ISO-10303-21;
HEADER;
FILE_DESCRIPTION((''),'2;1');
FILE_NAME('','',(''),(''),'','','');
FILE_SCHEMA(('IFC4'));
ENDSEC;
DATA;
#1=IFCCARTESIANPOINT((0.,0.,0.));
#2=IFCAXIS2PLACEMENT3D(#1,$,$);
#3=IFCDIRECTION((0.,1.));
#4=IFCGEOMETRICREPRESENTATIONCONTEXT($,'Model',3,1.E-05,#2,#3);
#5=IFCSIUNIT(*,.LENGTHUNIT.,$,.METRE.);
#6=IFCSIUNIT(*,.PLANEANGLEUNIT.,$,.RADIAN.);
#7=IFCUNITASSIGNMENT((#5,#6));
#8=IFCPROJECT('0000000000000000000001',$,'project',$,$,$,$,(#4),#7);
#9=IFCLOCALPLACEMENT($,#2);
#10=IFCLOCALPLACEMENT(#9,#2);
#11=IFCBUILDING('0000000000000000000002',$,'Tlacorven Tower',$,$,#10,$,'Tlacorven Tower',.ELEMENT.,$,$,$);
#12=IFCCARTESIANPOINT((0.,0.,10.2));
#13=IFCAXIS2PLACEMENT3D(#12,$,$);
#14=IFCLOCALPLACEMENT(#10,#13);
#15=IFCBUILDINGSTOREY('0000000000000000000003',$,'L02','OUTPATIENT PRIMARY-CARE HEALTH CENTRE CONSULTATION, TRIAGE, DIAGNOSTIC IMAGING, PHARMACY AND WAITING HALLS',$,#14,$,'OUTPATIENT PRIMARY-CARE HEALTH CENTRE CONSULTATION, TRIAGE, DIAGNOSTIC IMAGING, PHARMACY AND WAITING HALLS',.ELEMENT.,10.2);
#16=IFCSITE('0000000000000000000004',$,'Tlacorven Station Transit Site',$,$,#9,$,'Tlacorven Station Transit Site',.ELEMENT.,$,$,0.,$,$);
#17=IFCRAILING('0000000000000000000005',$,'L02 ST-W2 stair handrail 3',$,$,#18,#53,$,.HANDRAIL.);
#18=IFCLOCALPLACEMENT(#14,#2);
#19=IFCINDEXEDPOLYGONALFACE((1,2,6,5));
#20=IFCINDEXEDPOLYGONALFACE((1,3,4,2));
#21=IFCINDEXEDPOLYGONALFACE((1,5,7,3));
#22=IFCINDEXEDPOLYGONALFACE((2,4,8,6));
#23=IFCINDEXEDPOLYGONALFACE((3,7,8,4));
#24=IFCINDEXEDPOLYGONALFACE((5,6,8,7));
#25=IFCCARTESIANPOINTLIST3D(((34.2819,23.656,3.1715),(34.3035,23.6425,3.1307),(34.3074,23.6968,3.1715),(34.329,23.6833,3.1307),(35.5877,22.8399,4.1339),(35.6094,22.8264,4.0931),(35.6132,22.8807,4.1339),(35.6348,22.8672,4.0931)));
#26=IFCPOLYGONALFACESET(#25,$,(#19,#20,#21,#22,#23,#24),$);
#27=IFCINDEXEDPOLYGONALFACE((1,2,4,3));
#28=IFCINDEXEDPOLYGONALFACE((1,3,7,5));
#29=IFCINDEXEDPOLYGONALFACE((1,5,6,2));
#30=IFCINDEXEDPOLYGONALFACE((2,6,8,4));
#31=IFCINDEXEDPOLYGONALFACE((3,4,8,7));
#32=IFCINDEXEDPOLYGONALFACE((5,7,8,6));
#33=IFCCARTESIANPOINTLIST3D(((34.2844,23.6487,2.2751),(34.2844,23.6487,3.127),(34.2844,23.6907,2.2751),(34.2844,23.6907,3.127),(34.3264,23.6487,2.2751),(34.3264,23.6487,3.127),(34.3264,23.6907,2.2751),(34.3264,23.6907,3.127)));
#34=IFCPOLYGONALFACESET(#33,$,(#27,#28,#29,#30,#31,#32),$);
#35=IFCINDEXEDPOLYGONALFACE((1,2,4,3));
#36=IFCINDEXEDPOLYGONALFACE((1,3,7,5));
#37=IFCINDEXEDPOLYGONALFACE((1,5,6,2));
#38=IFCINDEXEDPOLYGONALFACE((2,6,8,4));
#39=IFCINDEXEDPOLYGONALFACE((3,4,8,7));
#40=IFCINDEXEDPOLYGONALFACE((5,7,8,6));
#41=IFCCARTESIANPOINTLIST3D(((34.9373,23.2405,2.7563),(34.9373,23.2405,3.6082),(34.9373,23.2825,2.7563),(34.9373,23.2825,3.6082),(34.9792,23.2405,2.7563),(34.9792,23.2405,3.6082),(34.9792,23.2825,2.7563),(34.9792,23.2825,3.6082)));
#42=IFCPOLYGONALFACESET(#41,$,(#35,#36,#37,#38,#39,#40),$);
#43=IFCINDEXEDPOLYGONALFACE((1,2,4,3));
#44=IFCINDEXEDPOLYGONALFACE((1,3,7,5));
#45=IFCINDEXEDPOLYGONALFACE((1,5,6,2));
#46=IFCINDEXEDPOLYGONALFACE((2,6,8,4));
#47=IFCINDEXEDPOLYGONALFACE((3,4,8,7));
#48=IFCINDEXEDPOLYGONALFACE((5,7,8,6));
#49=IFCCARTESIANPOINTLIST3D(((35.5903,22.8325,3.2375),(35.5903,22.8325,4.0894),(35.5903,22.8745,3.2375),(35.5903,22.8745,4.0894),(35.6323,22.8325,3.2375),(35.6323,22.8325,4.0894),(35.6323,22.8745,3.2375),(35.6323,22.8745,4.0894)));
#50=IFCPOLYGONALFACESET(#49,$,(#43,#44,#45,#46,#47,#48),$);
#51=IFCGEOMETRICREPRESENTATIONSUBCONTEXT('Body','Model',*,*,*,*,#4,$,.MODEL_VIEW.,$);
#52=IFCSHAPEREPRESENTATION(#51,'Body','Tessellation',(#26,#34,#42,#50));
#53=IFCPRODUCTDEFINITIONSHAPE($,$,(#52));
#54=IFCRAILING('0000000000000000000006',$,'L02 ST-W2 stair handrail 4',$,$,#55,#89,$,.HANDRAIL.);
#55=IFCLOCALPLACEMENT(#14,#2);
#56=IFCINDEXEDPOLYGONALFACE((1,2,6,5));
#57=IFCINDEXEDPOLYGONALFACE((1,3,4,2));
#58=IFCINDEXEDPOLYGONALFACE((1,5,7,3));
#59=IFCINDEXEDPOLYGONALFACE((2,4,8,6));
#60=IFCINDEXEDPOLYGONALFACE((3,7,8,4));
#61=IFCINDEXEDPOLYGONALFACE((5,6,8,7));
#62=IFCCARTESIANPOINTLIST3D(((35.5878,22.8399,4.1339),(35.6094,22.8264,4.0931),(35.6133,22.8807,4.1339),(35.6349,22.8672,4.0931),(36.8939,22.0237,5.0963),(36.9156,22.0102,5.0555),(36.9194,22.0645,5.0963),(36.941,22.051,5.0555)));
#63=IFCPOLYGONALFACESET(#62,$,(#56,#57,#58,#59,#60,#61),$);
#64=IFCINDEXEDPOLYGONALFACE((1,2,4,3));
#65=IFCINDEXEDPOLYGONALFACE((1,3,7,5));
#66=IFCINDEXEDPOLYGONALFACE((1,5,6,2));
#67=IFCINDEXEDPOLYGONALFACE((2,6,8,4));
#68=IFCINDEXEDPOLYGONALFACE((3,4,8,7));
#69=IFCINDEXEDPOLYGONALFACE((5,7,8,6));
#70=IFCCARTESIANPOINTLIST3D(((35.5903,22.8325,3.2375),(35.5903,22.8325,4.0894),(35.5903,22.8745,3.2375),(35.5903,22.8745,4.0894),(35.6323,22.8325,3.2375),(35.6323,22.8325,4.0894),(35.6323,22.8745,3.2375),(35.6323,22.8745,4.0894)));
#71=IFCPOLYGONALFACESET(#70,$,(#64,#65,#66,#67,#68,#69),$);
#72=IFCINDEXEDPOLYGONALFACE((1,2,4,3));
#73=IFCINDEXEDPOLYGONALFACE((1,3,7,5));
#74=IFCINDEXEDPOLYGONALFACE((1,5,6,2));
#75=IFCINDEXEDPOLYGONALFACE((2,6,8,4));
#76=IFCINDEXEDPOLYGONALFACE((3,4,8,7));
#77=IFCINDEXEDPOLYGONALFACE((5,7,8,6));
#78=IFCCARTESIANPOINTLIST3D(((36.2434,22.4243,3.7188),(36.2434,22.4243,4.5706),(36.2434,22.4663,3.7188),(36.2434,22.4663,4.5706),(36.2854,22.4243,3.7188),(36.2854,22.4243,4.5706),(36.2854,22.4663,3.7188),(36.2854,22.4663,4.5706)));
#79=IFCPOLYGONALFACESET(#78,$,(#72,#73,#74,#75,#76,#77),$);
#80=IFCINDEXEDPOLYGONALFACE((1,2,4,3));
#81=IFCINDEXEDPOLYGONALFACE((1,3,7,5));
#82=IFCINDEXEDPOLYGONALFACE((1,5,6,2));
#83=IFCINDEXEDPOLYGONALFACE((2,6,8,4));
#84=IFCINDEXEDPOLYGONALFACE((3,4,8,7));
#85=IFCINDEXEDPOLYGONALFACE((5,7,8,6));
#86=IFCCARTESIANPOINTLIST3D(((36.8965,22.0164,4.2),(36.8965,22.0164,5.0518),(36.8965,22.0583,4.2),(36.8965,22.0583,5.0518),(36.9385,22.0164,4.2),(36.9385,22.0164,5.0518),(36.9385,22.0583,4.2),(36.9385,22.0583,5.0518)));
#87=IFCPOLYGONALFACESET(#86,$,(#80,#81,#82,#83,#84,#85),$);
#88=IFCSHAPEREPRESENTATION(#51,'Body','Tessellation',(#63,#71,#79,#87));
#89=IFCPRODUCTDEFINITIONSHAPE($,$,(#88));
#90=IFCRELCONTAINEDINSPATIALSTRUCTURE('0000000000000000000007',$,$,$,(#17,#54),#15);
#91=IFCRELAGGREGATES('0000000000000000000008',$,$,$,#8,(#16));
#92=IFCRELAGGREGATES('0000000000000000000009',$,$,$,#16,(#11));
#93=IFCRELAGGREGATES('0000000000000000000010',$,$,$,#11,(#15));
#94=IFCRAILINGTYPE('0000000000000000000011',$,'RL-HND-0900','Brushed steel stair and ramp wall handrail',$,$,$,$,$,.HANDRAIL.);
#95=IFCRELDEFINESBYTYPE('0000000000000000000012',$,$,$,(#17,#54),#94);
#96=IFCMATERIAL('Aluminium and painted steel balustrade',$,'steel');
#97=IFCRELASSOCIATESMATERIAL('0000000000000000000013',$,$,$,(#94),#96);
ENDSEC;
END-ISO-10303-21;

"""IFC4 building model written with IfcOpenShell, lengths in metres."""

from ifc_helpers import new_model, si_unit, direction, frame, origin, origin_2d, place, context, subcontext, project, spatial, rectangle, extrude, source, transform, mapped, material, type_object, element, save


model = new_model("IFC4")

# Units and contexts
model_context = context("Model", 3, precision=1e-05, world=origin(), true_north=direction((0.0, 1.0)))
body_context = subcontext(model_context, "Body", "Model", "MODEL_VIEW")
ifc_project = project(units=[si_unit("LENGTHUNIT", "METRE"), si_unit("PLANEANGLEUNIT", "RADIAN")], contexts=[model_context])

# Site, building, storey
site_placement = place(None, origin())
site = spatial("IfcSite", under=ifc_project, at=site_placement, Name="Tlacorven Station Transit Site", LongName="Tlacorven Station Transit Site", CompositionType="ELEMENT", RefElevation=0.0)
building_placement = place(site_placement, origin())
building = spatial("IfcBuilding", under=site, at=building_placement, Name="Tlacorven Tower", LongName="Tlacorven Tower", CompositionType="ELEMENT")
storey_placement = place(building_placement, frame((0.0, 0.0, 10.2)))
storey = spatial("IfcBuildingStorey", under=building, at=storey_placement, Name="L02", Description="OUTPATIENT PRIMARY-CARE HEALTH CENTRE CONSULTATION, TRIAGE, DIAGNOSTIC IMAGING, PHARMACY AND WAITING HALLS", LongName="OUTPATIENT PRIMARY-CARE HEALTH CENTRE CONSULTATION, TRIAGE, DIAGNOSTIC IMAGING, PHARMACY AND WAITING HALLS", CompositionType="ELEMENT", Elevation=10.2)

# Railings
ifc_material_1 = material(Name="Aluminium and painted steel balustrade", Category="steel")
railing_type_1 = type_object("IfcRailingType", Name="RL-HND-0900", Description="Brushed steel stair and ramp wall handrail", PredefinedType="HANDRAIL", material=ifc_material_1)
shared_shape_1 = source(origin(), body_context, "Body", "SweptSolid", [
    extrude(rectangle(XDim=0.0481, YDim=0.0481, at=origin_2d()), frame((0.0, 0.0, 0.876), z_axis=(0.719126, -0.449437, 0.529967), x_axis=(0.529985, 0.848007, 0.0)), (0.0, 0.0, 1.0), 1.8159),
    extrude(rectangle(XDim=0.042, YDim=0.042, at=origin_2d()), origin(), (0.0, 0.0, 1.0), 0.8518),
    extrude(rectangle(XDim=0.042, YDim=0.042, at=origin_2d()), frame((0.6528, -0.4082, 0.4812)), (0.0, 0.0, 1.0), 0.8518),
    extrude(rectangle(XDim=0.042, YDim=0.042, at=origin_2d()), frame((1.3059, -0.8162, 0.9624)), (0.0, 0.0, 1.0), 0.8518),
])
railing_1_placement = place(storey_placement, frame((34.3054, 23.6697, 2.2751)))
element("IfcRailing", 1, at=railing_1_placement, inside=storey, type_object=railing_type_1, Name="L02 ST-W2 stair handrail 3", PredefinedType="HANDRAIL", context=body_context, shape_type="MappedRepresentation", body=[
    mapped(shared_shape_1, transform((0.0, 0.0, 0.0), scale=1.0)),
])
shared_shape_2 = source(origin(), body_context, "Body", "SweptSolid", [
    extrude(rectangle(XDim=0.0481, YDim=0.0481, at=origin_2d()), frame((0.0, 0.0, 0.876), z_axis=(0.719191, -0.449393, 0.529916), x_axis=(0.529913, 0.848052, 0.0)), (0.0, 0.0, 1.0), 1.8162),
    extrude(rectangle(XDim=0.042, YDim=0.042, at=origin_2d()), origin(), (0.0, 0.0, 1.0), 0.8518),
    extrude(rectangle(XDim=0.042, YDim=0.042, at=origin_2d()), frame((0.6531, -0.4082, 0.4812)), (0.0, 0.0, 1.0), 0.8518),
    extrude(rectangle(XDim=0.042, YDim=0.042, at=origin_2d()), frame((1.3062, -0.8162, 0.9624)), (0.0, 0.0, 1.0), 0.8518),
])
railing_2_placement = place(storey_placement, frame((35.6113, 22.8535, 3.2375)))
element("IfcRailing", 2, at=railing_2_placement, inside=storey, type_object=railing_type_1, Name="L02 ST-W2 stair handrail 4", PredefinedType="HANDRAIL", context=body_context, shape_type="MappedRepresentation", body=[
    mapped(shared_shape_2, transform((0.0, 0.0, 0.0), scale=1.0)),
])

save(model, "model.ifc")
